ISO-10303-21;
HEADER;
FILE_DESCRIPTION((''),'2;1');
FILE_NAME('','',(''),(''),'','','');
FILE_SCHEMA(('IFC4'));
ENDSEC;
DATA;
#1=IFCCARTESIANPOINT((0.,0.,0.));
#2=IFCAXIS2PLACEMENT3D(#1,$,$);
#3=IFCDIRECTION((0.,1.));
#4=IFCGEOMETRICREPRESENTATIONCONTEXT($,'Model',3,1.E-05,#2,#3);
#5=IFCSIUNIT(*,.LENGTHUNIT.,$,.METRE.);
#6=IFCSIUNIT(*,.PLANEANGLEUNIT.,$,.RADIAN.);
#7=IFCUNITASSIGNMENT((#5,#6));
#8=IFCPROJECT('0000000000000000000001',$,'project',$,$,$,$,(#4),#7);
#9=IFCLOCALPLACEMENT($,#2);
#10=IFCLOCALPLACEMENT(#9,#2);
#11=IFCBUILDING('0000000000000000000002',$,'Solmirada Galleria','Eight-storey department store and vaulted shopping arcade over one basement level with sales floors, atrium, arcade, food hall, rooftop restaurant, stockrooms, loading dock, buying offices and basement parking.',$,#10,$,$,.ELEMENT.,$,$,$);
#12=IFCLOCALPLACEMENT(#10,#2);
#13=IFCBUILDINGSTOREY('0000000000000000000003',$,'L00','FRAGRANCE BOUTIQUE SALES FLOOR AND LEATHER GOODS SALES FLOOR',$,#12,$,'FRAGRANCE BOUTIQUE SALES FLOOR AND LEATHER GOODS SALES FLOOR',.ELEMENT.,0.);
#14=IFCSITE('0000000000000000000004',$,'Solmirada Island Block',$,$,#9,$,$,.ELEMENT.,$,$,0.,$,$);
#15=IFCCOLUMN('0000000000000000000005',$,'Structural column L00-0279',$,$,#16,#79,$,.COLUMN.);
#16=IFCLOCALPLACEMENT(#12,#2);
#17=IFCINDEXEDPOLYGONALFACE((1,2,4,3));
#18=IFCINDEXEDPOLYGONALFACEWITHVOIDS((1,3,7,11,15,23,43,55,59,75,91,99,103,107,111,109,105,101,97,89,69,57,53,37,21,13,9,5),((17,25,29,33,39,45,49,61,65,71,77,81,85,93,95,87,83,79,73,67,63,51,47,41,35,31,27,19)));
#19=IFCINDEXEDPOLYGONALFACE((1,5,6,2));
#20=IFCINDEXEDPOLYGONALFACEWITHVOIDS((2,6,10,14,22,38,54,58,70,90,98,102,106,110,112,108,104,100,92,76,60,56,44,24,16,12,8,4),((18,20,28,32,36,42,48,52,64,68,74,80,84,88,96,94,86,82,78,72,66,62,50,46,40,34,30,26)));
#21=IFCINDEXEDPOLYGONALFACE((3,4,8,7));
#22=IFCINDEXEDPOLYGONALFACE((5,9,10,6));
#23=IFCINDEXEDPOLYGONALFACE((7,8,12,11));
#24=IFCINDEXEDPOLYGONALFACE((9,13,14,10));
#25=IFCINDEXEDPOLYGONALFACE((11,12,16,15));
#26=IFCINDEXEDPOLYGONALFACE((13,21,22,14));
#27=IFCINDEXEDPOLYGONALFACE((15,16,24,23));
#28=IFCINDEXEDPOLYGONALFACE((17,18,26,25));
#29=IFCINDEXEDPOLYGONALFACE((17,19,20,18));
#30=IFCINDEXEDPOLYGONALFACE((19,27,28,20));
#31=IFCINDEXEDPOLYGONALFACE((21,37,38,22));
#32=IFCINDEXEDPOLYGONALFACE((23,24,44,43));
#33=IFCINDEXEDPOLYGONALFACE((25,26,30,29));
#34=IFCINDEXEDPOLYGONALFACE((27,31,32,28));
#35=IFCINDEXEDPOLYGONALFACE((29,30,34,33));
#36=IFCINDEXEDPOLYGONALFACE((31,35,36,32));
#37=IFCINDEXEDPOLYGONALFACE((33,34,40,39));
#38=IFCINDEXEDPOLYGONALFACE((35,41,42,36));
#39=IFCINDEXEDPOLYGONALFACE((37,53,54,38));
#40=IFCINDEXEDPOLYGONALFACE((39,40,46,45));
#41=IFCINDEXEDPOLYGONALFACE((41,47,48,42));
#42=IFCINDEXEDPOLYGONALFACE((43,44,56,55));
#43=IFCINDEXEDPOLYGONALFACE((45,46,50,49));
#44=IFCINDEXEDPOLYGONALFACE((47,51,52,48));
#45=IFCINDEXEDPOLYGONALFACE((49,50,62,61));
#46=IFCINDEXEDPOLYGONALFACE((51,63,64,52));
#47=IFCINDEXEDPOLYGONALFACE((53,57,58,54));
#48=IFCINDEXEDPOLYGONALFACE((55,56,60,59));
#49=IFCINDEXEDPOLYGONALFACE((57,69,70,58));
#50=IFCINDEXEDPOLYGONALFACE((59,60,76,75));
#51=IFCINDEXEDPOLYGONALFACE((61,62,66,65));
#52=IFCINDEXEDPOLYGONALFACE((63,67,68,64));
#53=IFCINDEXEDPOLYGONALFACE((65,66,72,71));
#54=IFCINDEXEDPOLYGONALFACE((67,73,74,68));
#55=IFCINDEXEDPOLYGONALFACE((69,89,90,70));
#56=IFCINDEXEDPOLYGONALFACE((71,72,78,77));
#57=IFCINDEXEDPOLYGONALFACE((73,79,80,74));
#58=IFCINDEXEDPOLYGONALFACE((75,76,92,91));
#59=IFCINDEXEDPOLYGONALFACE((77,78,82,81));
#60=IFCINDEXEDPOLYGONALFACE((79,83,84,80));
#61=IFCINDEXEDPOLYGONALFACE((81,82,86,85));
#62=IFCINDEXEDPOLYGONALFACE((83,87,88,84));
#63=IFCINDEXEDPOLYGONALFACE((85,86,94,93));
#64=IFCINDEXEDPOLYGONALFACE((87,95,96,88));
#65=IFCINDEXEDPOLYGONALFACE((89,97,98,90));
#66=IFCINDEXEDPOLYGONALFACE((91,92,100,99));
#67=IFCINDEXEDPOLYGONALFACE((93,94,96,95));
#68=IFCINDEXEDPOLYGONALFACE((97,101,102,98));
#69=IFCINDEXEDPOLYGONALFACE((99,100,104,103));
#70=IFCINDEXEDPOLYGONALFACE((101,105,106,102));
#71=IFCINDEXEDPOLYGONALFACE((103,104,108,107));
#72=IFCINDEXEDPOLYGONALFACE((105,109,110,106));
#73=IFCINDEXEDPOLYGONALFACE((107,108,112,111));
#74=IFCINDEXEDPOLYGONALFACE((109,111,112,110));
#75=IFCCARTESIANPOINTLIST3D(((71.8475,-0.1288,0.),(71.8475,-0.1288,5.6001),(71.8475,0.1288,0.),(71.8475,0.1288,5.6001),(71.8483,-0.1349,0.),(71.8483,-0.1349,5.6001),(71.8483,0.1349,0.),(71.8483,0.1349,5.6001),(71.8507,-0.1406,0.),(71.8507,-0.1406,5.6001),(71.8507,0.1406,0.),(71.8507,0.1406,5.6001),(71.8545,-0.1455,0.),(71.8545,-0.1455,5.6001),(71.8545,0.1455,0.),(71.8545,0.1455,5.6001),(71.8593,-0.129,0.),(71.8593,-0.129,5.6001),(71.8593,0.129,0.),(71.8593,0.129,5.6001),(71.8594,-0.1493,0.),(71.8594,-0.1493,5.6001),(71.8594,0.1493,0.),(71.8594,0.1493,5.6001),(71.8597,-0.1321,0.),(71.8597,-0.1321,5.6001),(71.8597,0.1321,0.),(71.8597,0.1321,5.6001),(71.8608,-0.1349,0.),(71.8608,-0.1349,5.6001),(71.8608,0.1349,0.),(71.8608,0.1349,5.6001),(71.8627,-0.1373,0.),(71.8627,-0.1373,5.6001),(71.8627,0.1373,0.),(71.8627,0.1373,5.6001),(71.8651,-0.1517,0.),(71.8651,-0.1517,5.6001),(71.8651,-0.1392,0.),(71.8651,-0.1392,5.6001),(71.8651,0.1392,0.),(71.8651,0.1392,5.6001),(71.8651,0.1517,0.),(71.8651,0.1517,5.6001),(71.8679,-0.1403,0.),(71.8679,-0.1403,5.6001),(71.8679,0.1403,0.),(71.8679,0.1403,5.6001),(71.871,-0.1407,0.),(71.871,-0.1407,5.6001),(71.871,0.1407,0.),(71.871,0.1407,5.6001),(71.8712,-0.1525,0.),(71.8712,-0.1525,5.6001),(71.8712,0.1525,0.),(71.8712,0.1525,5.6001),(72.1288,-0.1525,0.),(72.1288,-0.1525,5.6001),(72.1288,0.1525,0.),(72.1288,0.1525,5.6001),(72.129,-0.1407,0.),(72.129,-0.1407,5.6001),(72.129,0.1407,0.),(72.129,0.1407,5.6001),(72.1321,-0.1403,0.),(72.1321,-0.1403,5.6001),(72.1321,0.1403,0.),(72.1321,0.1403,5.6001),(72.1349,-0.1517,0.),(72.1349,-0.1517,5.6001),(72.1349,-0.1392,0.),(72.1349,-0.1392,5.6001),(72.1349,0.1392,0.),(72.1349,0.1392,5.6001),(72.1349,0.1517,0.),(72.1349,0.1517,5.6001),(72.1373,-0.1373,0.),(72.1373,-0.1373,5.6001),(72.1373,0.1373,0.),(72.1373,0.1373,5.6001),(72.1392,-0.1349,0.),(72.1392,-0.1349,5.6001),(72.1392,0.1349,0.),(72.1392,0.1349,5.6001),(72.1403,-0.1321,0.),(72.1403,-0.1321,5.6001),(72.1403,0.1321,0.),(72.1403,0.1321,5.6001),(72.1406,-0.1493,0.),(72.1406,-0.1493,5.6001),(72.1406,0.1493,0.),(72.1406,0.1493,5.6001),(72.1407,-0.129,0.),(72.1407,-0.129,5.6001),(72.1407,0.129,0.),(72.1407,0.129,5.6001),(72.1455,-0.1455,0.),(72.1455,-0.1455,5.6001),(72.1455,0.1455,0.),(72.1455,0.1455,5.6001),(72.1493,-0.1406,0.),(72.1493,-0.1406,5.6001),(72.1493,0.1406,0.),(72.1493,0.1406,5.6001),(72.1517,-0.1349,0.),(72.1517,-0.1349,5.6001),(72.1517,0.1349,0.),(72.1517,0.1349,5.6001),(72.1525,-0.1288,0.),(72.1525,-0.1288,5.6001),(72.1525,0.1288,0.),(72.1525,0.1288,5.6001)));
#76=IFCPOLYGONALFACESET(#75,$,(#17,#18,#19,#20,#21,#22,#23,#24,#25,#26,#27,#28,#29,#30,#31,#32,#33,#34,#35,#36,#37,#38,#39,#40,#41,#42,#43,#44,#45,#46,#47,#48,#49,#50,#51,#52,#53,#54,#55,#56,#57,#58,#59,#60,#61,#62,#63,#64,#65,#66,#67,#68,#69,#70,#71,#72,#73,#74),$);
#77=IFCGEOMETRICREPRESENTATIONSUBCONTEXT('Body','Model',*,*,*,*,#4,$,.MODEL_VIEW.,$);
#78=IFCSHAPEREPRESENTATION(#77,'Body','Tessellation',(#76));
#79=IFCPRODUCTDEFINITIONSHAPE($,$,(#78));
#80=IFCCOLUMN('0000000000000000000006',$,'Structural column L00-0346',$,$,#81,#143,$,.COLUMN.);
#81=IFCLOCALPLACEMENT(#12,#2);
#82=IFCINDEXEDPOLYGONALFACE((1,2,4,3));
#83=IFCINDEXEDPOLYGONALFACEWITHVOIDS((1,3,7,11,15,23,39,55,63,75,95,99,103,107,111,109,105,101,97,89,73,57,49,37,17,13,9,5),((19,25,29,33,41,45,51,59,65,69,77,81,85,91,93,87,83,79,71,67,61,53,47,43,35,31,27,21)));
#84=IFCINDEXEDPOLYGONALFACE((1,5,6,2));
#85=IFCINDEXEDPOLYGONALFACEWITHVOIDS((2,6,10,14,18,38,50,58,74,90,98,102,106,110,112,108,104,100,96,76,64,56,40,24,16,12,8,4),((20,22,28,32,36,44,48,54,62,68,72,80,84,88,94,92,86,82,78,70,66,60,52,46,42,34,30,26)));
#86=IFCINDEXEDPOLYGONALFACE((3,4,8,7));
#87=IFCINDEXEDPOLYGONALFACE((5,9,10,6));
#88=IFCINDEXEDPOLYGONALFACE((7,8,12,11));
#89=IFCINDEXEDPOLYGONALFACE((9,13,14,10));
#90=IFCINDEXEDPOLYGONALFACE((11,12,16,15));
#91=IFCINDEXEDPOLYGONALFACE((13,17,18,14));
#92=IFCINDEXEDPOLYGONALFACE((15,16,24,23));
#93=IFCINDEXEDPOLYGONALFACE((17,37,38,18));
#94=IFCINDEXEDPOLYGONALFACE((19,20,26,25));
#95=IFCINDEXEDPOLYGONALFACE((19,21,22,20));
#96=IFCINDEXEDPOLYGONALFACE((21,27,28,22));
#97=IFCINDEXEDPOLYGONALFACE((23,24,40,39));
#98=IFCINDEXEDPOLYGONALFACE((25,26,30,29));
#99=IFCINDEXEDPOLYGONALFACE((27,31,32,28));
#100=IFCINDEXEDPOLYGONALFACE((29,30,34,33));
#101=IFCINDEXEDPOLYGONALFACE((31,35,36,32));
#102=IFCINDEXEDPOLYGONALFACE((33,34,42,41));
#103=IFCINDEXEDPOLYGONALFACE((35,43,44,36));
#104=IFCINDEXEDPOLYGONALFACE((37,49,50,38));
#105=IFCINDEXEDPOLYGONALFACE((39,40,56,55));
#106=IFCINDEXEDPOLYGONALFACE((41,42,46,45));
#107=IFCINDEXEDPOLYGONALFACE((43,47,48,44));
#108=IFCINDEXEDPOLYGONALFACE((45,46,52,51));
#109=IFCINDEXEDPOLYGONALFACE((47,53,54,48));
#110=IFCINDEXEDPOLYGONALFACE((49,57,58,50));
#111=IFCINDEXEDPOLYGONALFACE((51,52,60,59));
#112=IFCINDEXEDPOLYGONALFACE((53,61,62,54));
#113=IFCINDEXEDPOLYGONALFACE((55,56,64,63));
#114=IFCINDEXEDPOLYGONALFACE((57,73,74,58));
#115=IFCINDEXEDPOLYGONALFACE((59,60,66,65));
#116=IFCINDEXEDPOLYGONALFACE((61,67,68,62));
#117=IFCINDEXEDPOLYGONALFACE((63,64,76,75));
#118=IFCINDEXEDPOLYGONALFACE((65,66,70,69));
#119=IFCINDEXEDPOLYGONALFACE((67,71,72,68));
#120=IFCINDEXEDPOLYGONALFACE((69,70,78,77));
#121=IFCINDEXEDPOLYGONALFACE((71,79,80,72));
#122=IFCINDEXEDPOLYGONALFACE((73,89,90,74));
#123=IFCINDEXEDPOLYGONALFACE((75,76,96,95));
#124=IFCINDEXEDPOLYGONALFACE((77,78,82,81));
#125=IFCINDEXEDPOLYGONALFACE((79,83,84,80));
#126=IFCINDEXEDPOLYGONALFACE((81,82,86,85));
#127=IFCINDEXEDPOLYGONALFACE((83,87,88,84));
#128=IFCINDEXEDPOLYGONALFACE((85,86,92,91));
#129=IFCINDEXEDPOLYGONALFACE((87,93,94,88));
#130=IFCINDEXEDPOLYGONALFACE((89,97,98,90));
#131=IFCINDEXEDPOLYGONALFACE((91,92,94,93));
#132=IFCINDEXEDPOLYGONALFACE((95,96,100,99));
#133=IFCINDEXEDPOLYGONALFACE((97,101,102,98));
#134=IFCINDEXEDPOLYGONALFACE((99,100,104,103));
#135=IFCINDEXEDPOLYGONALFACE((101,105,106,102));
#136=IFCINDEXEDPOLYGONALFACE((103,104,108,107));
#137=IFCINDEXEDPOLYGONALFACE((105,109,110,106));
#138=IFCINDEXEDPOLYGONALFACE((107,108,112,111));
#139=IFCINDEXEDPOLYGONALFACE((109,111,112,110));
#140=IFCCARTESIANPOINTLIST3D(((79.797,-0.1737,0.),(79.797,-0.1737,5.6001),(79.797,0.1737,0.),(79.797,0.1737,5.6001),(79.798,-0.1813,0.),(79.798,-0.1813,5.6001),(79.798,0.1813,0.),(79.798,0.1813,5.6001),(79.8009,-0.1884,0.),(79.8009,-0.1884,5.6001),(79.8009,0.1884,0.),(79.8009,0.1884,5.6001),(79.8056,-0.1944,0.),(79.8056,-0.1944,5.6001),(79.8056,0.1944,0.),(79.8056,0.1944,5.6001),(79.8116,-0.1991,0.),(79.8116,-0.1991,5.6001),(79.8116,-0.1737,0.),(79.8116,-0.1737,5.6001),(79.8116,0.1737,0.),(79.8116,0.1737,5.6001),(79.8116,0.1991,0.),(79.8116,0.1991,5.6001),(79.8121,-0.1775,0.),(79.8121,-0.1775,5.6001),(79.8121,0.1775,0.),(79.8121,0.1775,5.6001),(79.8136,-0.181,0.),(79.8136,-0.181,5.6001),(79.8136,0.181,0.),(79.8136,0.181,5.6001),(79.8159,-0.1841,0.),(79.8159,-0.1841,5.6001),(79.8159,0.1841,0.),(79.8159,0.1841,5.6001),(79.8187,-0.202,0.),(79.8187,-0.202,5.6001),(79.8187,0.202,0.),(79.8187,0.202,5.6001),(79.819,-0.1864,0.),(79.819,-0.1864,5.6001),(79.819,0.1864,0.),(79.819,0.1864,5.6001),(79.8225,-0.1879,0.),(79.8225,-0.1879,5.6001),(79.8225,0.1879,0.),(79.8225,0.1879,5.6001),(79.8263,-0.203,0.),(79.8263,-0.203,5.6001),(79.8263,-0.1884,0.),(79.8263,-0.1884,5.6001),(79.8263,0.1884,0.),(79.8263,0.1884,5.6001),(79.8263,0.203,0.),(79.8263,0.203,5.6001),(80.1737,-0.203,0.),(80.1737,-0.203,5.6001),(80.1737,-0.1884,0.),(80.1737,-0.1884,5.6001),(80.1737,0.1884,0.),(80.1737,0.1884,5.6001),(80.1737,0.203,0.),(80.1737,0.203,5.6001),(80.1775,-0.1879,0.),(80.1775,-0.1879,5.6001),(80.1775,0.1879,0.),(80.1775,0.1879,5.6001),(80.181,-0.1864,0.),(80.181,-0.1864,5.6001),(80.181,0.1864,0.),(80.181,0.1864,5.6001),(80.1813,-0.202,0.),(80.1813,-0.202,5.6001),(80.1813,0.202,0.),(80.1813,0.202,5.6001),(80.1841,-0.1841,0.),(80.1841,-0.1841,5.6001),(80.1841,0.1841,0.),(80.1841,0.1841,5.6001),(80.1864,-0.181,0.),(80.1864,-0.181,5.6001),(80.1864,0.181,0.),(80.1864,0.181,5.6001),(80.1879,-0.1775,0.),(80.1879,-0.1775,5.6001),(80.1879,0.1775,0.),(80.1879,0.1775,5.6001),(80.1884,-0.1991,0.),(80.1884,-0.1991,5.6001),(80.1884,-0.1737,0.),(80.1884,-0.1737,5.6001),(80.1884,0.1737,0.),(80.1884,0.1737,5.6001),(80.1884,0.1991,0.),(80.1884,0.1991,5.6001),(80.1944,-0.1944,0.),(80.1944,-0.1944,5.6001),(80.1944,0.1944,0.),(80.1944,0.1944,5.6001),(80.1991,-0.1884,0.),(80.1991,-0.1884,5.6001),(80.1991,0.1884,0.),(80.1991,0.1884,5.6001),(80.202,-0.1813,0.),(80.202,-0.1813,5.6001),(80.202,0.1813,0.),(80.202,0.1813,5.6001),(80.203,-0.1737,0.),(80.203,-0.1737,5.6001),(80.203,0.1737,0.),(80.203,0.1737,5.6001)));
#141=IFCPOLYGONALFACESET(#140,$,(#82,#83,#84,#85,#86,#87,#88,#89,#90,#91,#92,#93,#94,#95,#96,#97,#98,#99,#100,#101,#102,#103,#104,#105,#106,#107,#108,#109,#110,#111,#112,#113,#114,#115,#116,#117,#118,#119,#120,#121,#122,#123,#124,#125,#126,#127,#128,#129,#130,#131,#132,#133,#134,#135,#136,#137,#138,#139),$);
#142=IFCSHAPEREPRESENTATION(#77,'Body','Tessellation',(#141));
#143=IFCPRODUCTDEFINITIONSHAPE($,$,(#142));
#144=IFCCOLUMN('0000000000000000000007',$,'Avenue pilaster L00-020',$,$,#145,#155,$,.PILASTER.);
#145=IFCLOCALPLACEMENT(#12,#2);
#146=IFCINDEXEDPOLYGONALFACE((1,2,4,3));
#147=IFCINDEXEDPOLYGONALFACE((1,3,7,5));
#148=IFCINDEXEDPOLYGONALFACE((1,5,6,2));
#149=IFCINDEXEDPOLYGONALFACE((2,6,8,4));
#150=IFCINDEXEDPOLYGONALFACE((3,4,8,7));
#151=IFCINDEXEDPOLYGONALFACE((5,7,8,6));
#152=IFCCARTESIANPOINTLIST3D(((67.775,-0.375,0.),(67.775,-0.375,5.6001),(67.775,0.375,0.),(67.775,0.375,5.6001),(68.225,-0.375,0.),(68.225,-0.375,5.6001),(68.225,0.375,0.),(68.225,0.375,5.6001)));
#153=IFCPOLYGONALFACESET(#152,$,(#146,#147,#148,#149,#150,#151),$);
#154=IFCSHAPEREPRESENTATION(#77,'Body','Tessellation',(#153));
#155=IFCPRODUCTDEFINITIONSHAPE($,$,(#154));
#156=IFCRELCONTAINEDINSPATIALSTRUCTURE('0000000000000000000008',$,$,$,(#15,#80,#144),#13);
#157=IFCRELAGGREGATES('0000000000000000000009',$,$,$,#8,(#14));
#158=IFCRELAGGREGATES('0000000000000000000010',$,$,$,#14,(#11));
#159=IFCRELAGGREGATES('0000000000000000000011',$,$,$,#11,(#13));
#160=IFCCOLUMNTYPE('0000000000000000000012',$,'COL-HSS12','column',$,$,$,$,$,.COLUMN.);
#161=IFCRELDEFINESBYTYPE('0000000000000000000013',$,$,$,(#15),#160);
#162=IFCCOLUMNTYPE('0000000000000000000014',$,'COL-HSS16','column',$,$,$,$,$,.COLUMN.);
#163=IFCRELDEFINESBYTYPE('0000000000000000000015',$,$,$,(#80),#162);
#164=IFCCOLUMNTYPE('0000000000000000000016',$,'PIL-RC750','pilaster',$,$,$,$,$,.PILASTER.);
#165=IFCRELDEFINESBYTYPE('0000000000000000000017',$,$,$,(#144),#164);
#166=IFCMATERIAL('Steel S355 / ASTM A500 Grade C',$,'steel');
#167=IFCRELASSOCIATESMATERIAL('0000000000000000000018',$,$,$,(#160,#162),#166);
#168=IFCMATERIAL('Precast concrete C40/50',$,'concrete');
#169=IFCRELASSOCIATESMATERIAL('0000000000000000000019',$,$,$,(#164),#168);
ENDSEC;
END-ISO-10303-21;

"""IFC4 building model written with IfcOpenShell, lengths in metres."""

from ifc_helpers import new_model, si_unit, direction, frame, origin, origin_2d, place, context, subcontext, project, spatial, rectangle, hollow_rectangle, extrude, material, material_profile, profile_set, type_object, element, save


model = new_model("IFC4")

# Units and contexts
model_context = context("Model", 3, precision=1e-05, world=origin(), true_north=direction((0.0, 1.0)))
body_context = subcontext(model_context, "Body", "Model", "MODEL_VIEW")
ifc_project = project(units=[si_unit("LENGTHUNIT", "METRE"), si_unit("PLANEANGLEUNIT", "RADIAN")], contexts=[model_context])

# Site, building, storey
site_placement = place(None, origin())
site = spatial("IfcSite", under=ifc_project, at=site_placement, Name="Solmirada Island Block", CompositionType="ELEMENT", RefElevation=0.0)
building_placement = place(site_placement, origin())
building = spatial("IfcBuilding", under=site, at=building_placement, Name="Solmirada Galleria", Description="Eight-storey department store and vaulted shopping arcade over one basement level with sales floors, atrium, arcade, food hall, rooftop restaurant, stockrooms, loading dock, buying offices and basement parking.", CompositionType="ELEMENT")
storey_placement = place(building_placement, origin())
storey = spatial("IfcBuildingStorey", under=building, at=storey_placement, Name="L00", Description="FRAGRANCE BOUTIQUE SALES FLOOR AND LEATHER GOODS SALES FLOOR", LongName="FRAGRANCE BOUTIQUE SALES FLOOR AND LEATHER GOODS SALES FLOOR", CompositionType="ELEMENT", Elevation=0.0)

# Columns
ifc_material_1 = material(Name="Steel S355 / ASTM A500 Grade C", Category="steel")
ifc_material_profile_1 = material_profile(ifc_material_1, hollow_rectangle(XDim=0.3049, YDim=0.3049, WallThickness=0.0117, InnerFilletRadius=0.0117, OuterFilletRadius=0.0237, at=origin_2d()), Name="HSS12X12X1/2")
ifc_profile_set_1 = profile_set([ifc_material_profile_1], Name="Steel S355 / ASTM A500 Grade C")
column_type_1 = type_object("IfcColumnType", Name="COL-HSS12", Description="column", PredefinedType="COLUMN", material=ifc_profile_set_1)
for number, where, z_axis, x_axis, name in (
    (1, (72.0, 0.0, 0.0), (0.0, 0.0, 1.0), (1.0, 0.0, 0.0), "Structural column L00-0279"),
):
    element("IfcColumn", number, at=place(storey_placement, frame(where, z_axis=z_axis, x_axis=x_axis)), inside=storey, type_object=column_type_1, Name=name, PredefinedType="COLUMN", context=body_context, shape_type="SweptSolid", body=[
        extrude(hollow_rectangle(XDim=0.3049, YDim=0.3049, WallThickness=0.0117, InnerFilletRadius=0.0117, OuterFilletRadius=0.0237, at=origin_2d()), origin(), (0.0, 0.0, 1.0), 5.6001),
    ])
ifc_material_profile_2 = material_profile(ifc_material_1, hollow_rectangle(XDim=0.406, YDim=0.406, WallThickness=0.0146, InnerFilletRadius=0.0146, OuterFilletRadius=0.0293, at=origin_2d()), Name="HSS16X16X5/8")
ifc_profile_set_2 = profile_set([ifc_material_profile_2], Name="Steel S355 / ASTM A500 Grade C")
column_type_2 = type_object("IfcColumnType", Name="COL-HSS16", Description="column", PredefinedType="COLUMN", material=ifc_profile_set_2)
column_1_placement = place(storey_placement, frame((80.0, 0.0, 0.0), z_axis=(0.0, 0.0, 1.0), x_axis=(1.0, 0.0, 0.0)))
element("IfcColumn", 2, at=column_1_placement, inside=storey, type_object=column_type_2, Name="Structural column L00-0346", PredefinedType="COLUMN", context=body_context, shape_type="SweptSolid", body=[
    extrude(hollow_rectangle(XDim=0.406, YDim=0.406, WallThickness=0.0146, InnerFilletRadius=0.0146, OuterFilletRadius=0.0293, at=origin_2d()), origin(), (0.0, 0.0, 1.0), 5.6001),
])
ifc_material_2 = material(Name="Precast concrete C40/50", Category="concrete")
ifc_material_profile_3 = material_profile(ifc_material_2, rectangle(XDim=0.45, YDim=0.75, at=origin_2d()), Name="RC750X450")
ifc_profile_set_3 = profile_set([ifc_material_profile_3], Name="Precast concrete C40/50")
column_type_3 = type_object("IfcColumnType", Name="PIL-RC750", Description="pilaster", PredefinedType="PILASTER", material=ifc_profile_set_3)
column_2_placement = place(storey_placement, frame((68.0, 0.0, 0.0), z_axis=(0.0, 0.0, 1.0), x_axis=(1.0, 0.0, 0.0)))
element("IfcColumn", 3, at=column_2_placement, inside=storey, type_object=column_type_3, Name="Avenue pilaster L00-020", PredefinedType="PILASTER", context=body_context, shape_type="SweptSolid", body=[
    extrude(rectangle(XDim=0.45, YDim=0.75, at=origin_2d()), origin(), (0.0, 0.0, 1.0), 5.6001),
])

save(model, "model.ifc")
